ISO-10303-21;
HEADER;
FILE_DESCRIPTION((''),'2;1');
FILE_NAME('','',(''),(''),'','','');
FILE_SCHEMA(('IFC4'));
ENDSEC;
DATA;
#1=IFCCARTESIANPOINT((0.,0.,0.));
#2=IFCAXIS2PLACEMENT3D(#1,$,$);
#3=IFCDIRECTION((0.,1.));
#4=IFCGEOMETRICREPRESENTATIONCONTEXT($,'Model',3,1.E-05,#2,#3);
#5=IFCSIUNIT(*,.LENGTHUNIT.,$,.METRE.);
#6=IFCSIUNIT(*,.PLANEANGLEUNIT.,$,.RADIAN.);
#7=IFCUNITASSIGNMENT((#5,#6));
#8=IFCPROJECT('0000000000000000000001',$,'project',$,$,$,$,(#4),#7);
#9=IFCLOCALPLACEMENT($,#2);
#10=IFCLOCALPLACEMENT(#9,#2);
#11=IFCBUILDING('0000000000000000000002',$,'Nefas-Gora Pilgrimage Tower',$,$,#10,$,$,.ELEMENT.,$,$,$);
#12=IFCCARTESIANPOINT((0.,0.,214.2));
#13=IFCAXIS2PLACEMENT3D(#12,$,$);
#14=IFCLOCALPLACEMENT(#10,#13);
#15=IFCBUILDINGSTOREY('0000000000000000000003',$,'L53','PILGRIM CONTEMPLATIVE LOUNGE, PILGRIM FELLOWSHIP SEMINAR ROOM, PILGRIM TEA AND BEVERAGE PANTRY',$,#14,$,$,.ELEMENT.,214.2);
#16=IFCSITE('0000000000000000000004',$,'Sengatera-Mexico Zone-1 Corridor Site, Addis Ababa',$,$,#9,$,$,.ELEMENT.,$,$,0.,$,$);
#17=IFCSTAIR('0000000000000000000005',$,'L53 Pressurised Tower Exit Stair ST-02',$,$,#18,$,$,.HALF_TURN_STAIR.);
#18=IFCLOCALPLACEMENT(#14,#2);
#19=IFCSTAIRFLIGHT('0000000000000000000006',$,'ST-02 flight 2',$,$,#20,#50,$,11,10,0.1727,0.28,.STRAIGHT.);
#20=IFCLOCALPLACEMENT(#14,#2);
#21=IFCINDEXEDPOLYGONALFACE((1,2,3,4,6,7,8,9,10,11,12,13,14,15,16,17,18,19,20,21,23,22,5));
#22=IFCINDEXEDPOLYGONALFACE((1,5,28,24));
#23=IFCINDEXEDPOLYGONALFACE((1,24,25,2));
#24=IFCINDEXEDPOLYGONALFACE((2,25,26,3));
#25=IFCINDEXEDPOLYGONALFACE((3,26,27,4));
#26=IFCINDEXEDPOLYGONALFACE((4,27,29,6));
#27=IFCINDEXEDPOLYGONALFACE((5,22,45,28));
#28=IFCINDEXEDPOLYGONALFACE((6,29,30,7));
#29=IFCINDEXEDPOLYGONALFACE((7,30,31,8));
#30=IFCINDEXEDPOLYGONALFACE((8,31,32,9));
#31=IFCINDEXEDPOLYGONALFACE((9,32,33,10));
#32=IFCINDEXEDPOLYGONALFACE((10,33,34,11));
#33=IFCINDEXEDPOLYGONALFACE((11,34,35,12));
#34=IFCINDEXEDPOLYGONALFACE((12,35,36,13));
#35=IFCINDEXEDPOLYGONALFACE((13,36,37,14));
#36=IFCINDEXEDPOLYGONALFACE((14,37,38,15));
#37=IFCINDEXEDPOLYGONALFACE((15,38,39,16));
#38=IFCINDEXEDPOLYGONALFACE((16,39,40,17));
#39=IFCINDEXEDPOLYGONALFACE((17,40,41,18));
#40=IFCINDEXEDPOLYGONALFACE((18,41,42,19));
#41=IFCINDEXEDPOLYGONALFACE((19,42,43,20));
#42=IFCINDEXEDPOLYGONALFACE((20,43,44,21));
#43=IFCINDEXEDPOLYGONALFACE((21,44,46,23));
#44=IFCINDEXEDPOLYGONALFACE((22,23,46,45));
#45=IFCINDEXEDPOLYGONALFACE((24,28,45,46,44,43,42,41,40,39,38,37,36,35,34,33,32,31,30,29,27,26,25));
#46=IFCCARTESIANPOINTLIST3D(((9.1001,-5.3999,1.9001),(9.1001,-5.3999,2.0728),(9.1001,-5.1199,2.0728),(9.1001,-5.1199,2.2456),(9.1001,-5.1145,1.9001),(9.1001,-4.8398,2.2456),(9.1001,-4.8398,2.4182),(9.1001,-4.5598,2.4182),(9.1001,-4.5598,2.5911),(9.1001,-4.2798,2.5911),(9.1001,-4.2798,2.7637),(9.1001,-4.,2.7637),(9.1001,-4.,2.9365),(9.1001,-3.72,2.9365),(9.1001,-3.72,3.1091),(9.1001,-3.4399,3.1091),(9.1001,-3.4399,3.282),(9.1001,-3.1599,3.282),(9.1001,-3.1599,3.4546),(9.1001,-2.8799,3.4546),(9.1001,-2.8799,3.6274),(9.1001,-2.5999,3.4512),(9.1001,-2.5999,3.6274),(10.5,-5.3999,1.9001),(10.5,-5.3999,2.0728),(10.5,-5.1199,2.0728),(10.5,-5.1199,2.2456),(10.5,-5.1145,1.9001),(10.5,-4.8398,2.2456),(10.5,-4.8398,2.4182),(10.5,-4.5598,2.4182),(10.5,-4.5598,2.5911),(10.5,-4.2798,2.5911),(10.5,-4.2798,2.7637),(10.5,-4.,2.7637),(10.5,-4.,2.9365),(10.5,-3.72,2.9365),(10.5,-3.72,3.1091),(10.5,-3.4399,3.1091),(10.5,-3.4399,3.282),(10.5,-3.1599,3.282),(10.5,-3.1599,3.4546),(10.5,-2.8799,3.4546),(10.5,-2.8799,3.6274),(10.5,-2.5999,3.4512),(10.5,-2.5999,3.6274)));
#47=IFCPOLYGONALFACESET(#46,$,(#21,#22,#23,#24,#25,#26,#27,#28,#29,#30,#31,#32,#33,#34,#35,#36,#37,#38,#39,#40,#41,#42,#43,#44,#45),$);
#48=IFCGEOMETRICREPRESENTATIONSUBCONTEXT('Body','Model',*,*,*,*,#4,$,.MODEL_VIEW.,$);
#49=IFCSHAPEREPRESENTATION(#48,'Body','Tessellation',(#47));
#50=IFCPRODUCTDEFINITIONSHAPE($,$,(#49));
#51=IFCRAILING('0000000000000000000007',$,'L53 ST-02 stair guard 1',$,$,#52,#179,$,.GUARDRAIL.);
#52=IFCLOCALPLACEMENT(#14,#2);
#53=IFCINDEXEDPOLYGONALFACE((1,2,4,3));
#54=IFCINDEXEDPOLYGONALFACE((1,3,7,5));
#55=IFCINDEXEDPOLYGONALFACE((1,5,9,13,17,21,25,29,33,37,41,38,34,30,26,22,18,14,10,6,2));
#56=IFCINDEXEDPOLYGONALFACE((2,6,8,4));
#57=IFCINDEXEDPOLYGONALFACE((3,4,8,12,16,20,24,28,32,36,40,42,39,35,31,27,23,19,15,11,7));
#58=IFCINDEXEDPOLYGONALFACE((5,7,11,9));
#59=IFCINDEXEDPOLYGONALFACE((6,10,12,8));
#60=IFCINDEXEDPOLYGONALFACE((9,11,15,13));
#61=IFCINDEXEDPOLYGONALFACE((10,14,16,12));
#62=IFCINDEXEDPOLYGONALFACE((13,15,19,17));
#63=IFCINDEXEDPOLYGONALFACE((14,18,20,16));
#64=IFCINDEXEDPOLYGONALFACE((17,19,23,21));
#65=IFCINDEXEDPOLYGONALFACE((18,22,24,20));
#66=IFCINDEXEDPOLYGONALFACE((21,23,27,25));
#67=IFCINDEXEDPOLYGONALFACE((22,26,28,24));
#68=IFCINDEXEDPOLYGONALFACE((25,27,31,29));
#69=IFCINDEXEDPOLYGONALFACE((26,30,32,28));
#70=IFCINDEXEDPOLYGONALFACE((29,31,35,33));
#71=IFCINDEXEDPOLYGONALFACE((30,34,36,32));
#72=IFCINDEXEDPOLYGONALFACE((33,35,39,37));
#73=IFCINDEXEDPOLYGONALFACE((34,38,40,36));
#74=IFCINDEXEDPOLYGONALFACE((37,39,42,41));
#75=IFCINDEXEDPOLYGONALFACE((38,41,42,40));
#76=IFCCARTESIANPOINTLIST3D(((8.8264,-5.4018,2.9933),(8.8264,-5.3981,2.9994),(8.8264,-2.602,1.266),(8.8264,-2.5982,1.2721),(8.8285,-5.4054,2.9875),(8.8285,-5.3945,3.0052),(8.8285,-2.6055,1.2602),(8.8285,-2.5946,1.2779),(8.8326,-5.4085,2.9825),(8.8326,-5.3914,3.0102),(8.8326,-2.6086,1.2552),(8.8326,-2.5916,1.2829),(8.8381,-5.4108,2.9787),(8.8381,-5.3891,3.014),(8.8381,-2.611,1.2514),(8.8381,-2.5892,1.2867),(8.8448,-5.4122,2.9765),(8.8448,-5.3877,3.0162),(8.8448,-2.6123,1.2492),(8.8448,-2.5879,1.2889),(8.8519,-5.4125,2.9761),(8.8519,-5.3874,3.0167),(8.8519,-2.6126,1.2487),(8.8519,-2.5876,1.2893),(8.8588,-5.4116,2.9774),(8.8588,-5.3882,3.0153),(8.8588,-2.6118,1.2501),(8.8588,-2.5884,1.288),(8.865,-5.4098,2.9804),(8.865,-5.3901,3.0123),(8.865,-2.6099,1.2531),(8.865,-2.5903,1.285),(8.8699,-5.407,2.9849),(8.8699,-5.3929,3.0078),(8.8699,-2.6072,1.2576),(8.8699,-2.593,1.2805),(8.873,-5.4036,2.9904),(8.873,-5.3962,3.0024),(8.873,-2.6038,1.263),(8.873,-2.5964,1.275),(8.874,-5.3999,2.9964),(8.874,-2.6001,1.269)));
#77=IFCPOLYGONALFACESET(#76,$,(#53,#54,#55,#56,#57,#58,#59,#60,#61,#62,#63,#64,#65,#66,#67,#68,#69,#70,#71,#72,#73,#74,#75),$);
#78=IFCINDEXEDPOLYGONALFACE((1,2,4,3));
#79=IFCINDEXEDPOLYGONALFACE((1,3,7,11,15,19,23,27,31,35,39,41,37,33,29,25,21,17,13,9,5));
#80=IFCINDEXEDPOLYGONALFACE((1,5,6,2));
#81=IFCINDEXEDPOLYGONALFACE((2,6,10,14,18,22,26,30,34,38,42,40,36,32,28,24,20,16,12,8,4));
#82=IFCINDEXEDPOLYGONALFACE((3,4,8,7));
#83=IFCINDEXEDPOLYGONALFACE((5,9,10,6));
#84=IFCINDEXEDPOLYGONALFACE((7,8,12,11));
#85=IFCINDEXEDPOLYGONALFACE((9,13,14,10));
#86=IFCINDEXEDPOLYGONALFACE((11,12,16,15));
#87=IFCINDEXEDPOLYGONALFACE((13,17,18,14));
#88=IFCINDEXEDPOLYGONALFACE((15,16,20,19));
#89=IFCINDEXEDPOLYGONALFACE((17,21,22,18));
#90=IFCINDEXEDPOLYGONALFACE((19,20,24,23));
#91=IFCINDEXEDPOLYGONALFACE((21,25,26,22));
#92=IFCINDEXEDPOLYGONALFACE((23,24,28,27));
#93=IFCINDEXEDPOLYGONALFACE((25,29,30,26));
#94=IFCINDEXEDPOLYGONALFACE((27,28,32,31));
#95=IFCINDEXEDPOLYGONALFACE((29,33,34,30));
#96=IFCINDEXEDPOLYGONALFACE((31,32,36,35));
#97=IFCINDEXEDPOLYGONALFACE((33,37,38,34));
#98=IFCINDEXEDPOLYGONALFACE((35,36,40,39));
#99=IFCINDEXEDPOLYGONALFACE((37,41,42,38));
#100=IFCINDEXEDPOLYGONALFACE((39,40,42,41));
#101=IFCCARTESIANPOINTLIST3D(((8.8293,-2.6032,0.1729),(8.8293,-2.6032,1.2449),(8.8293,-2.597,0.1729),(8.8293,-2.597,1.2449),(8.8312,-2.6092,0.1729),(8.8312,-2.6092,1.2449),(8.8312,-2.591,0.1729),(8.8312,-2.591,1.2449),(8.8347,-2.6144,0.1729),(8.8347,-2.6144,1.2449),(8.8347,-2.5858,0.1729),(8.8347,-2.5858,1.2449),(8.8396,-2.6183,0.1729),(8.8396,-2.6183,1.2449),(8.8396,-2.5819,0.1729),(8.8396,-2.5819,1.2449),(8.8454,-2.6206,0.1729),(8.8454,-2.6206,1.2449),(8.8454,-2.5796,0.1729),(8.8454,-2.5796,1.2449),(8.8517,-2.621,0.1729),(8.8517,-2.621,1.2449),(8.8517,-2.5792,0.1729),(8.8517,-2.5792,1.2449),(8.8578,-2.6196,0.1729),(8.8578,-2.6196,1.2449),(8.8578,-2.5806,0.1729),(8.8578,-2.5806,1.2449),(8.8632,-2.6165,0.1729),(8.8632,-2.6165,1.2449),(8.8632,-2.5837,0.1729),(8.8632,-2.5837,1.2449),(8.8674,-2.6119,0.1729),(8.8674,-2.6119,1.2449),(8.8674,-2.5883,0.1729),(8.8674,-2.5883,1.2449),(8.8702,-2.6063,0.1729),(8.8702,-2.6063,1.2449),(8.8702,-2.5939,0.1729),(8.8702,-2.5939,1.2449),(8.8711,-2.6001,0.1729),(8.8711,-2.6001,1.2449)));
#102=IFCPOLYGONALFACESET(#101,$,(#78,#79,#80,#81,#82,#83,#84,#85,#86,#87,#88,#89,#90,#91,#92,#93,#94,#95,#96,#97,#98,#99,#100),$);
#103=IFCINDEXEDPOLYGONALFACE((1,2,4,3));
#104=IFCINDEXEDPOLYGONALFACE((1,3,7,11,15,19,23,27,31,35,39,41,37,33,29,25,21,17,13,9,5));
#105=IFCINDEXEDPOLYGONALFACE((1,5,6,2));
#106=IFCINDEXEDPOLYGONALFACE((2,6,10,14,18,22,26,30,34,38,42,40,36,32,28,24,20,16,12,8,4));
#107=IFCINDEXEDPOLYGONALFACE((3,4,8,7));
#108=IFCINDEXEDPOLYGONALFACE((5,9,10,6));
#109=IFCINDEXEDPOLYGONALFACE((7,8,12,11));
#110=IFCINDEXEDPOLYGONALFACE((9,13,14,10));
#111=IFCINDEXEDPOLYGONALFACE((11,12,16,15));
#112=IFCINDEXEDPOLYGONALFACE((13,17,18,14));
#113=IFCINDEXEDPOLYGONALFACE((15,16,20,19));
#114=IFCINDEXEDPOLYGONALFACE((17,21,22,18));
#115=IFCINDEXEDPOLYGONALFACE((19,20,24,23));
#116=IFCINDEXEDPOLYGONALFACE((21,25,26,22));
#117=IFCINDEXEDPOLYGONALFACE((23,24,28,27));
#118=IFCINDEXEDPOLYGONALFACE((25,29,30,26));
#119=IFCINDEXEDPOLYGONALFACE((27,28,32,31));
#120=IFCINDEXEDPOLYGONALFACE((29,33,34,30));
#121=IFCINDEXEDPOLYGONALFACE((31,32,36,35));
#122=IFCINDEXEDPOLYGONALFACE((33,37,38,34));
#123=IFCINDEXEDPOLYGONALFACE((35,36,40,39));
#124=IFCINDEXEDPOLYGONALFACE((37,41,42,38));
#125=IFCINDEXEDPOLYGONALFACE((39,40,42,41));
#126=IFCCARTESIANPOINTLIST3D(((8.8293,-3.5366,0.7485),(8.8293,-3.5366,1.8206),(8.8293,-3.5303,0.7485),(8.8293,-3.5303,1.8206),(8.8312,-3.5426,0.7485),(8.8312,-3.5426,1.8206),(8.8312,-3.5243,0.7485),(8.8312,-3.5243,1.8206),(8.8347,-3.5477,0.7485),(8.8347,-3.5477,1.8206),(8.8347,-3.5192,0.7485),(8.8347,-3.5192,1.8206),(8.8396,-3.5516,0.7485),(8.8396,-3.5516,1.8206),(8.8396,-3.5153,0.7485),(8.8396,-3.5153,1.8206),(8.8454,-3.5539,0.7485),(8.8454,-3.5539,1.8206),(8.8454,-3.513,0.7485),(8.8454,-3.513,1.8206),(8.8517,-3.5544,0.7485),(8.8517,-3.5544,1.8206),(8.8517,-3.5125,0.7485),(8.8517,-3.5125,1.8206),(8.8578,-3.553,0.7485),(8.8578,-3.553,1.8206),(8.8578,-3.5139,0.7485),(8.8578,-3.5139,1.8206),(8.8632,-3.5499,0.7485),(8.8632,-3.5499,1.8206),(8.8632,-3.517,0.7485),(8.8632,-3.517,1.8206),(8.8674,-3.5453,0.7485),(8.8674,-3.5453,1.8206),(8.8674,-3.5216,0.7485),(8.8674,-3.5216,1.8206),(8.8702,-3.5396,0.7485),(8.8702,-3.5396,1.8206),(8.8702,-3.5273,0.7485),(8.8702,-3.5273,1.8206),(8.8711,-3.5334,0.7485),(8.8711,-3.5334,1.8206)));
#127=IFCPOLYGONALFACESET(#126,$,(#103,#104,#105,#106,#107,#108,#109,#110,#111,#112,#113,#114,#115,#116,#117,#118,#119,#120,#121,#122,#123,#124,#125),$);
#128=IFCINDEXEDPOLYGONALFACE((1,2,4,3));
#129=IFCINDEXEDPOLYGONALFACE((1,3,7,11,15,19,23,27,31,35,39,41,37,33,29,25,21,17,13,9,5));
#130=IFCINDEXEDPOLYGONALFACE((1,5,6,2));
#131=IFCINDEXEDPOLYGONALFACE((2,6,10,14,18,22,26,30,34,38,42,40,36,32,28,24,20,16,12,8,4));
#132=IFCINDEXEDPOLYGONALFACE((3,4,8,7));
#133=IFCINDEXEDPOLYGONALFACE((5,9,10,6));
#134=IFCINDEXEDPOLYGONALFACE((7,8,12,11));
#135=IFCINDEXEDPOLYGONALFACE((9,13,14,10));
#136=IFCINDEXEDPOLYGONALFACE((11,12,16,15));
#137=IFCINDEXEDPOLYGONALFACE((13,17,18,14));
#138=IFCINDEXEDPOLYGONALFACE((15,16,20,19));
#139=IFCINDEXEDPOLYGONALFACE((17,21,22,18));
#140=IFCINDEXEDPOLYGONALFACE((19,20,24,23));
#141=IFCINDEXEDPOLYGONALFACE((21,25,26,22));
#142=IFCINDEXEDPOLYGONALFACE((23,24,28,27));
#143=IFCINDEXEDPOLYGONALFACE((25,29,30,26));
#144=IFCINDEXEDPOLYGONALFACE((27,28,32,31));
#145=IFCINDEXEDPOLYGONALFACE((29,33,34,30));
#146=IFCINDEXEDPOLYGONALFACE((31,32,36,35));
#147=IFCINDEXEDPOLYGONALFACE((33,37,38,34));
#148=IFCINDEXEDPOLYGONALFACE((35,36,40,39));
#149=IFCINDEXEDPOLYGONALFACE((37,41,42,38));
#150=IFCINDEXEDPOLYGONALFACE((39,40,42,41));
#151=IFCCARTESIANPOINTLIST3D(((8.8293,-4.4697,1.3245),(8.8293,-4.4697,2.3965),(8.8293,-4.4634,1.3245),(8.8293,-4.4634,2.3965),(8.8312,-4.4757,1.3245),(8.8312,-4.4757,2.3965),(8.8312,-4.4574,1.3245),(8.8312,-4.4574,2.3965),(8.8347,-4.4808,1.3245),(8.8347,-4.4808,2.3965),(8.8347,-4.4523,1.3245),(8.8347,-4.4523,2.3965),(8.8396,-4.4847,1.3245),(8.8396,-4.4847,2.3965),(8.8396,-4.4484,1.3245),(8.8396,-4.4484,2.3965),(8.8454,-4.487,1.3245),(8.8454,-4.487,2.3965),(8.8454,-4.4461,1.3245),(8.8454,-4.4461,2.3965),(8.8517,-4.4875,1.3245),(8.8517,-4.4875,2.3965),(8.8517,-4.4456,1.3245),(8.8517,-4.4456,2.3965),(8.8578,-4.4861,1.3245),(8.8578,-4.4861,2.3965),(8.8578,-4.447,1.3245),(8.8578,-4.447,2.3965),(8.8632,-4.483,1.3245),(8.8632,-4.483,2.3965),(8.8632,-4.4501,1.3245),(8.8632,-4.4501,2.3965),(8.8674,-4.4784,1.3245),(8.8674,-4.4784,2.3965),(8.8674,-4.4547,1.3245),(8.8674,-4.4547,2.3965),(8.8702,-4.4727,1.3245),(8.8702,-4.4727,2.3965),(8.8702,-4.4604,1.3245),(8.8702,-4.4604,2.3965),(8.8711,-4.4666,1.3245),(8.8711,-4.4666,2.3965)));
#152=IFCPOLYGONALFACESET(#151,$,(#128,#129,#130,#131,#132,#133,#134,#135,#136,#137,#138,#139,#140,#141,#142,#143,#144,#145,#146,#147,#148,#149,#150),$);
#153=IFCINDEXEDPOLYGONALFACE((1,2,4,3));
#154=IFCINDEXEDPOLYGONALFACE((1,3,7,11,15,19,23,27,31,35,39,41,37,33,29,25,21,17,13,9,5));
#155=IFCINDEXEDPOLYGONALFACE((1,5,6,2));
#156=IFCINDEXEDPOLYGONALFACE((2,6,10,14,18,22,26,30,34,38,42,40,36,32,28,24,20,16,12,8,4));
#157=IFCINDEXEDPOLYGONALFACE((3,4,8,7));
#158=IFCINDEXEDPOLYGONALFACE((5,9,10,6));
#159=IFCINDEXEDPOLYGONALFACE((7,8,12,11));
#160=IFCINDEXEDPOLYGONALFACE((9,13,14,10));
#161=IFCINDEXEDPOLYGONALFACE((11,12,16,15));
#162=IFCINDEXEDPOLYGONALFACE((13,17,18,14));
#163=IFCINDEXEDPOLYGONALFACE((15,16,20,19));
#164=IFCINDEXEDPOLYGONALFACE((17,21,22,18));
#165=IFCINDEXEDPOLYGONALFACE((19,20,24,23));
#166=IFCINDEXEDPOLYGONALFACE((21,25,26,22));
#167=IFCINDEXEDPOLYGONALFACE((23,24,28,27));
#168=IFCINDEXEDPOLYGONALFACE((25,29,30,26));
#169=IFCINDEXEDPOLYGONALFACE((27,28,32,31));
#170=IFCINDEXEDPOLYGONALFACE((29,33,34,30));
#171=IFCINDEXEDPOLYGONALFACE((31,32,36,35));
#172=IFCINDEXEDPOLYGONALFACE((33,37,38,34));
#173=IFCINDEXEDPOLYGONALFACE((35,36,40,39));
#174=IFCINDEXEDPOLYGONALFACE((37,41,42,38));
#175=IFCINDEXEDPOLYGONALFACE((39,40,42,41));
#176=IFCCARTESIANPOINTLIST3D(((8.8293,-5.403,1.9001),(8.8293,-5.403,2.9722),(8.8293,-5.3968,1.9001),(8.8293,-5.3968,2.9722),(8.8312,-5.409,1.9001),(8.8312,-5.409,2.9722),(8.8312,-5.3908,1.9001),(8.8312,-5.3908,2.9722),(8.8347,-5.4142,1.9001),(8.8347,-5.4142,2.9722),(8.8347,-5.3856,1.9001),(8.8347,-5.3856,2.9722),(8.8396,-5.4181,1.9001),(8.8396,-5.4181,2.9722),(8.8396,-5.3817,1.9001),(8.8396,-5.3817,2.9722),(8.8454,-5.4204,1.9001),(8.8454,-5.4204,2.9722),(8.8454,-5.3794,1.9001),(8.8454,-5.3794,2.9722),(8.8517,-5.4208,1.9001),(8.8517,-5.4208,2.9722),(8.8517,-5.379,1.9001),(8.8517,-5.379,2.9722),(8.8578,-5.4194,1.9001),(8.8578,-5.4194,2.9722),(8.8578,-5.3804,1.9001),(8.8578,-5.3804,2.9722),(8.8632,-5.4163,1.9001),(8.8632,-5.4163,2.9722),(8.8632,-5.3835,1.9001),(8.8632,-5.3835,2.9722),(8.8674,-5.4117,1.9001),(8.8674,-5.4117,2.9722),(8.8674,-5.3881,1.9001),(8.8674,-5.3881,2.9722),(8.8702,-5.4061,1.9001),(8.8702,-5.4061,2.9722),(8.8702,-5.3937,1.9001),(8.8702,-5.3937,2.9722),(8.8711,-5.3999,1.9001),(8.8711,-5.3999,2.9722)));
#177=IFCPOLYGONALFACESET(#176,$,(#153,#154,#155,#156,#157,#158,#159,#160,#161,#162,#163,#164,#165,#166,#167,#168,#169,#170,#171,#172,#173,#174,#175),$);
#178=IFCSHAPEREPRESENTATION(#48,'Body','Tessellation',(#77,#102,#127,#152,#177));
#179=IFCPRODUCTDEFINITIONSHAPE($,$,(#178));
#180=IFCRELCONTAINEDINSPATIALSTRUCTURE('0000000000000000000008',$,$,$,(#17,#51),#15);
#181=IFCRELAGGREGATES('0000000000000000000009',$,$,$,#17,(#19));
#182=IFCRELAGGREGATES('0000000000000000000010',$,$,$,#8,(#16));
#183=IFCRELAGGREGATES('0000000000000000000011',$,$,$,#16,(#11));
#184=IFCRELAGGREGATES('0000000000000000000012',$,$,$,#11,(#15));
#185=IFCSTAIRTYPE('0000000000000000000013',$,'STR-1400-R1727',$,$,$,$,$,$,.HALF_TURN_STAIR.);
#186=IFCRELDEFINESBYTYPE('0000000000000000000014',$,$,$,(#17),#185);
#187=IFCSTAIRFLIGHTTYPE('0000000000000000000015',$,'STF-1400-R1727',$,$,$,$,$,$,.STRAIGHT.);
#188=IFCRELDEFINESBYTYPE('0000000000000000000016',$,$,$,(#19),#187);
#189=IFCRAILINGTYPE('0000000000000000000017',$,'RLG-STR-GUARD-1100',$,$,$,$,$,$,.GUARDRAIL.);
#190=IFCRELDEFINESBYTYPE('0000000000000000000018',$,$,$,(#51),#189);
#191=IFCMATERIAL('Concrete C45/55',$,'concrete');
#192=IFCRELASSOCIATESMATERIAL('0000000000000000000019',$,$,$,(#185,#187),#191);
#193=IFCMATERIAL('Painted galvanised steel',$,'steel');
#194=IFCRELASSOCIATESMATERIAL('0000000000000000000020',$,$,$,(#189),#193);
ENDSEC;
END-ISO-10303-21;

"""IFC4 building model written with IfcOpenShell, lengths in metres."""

from ifc_helpers import new_model, si_unit, direction, frame, origin, origin_2d, place, context, subcontext, project, spatial, polyline, circle, outline, extrude, source, transform, mapped, material, type_object, element, aggregate, save


model = new_model("IFC4")

# Units and contexts
model_context = context("Model", 3, precision=1e-05, world=origin(), true_north=direction((0.0, 1.0)))
body_context = subcontext(model_context, "Body", "Model", "MODEL_VIEW")
ifc_project = project(units=[si_unit("LENGTHUNIT", "METRE"), si_unit("PLANEANGLEUNIT", "RADIAN")], contexts=[model_context])

# Site, building, storey
site_placement = place(None, origin())
site = spatial("IfcSite", under=ifc_project, at=site_placement, Name="Sengatera-Mexico Zone-1 Corridor Site, Addis Ababa", CompositionType="ELEMENT", RefElevation=0.0)
building_placement = place(site_placement, origin())
building = spatial("IfcBuilding", under=site, at=building_placement, Name="Nefas-Gora Pilgrimage Tower", CompositionType="ELEMENT")
storey_placement = place(building_placement, frame((0.0, 0.0, 214.2)))
storey = spatial("IfcBuildingStorey", under=building, at=storey_placement, Name="L53", Description="PILGRIM CONTEMPLATIVE LOUNGE, PILGRIM FELLOWSHIP SEMINAR ROOM, PILGRIM TEA AND BEVERAGE PANTRY", CompositionType="ELEMENT", Elevation=214.2)

# Shared definitions
ifc_material_1 = material(Name="Concrete C45/55", Category="concrete")
stair_type = type_object("IfcStairType", Name="STR-1400-R1727", PredefinedType="HALF_TURN_STAIR", material=ifc_material_1)

# Stair, stair flight
stair_1_placement = place(storey_placement, origin())
stair_1 = element("IfcStair", 1, at=stair_1_placement, inside=storey, type_object=stair_type, Name="L53 Pressurised Tower Exit Stair ST-02", PredefinedType="HALF_TURN_STAIR")
stair_flight_type = type_object("IfcStairFlightType", Name="STF-1400-R1727", PredefinedType="STRAIGHT", material=ifc_material_1)
shared_shape_1 = source(origin(), body_context, "Body", "SweptSolid", [
    extrude(outline(polyline([(0.0, 0.0), (0.0, 0.1726), (0.28, 0.1726), (0.28, 0.3455), (0.5601, 0.3455), (0.5601, 0.5181), (0.8401, 0.5181), (0.8401, 0.6909), (1.1201, 0.6909), (1.1201, 0.8635), (1.3999, 0.8635), (1.3999, 1.0364), (1.6799, 1.0364), (1.6799, 1.209), (1.96, 1.209), (1.96, 1.3818), (2.24, 1.3818), (2.24, 1.5544), (2.52, 1.5544), (2.52, 1.7273), (2.8, 1.7273), (2.8, 1.8999), (2.8, 1.551), (0.2854, 0.0), (0.0, 0.0)])), frame((0.0, 0.7, 0.0), z_axis=(0.0, -1.0, 0.0), x_axis=(1.0, 0.0, 0.0)), (0.0, 0.0, 1.0), 1.3999),
])
stair_flight_1_placement = place(storey_placement, frame((9.8, -5.3999, 1.9001), z_axis=(0.0, 0.0, 1.0), x_axis=(0.0, 1.0, 0.0)))
stair_flight_1 = element("IfcStairFlight", 2, at=stair_flight_1_placement, type_object=stair_flight_type, Name="ST-02 flight 2", NumberOfRisers=11, NumberOfTreads=10, PredefinedType="STRAIGHT", RiserHeight=0.1727, TreadLength=0.28, context=body_context, shape_type="MappedRepresentation", body=[
    mapped(shared_shape_1, transform((0.0, 0.0, 0.0), x_axis=(1.0, 0.0, 0.0), y_axis=(0.0, 1.0, 0.0), z_axis=(0.0, 0.0, 1.0), scale=1.0)),
])
aggregate(stair_1, [stair_flight_1])

# Railing
ifc_material_2 = material(Name="Painted galvanised steel", Category="steel")
railing_type_1 = type_object("IfcRailingType", Name="RLG-STR-GUARD-1100", PredefinedType="GUARDRAIL", material=ifc_material_2)
railing_1_placement = place(storey_placement, frame((8.8501, -2.6001, 0.1729)))
element("IfcRailing", 3, at=railing_1_placement, inside=storey, type_object=railing_type_1, Name="L53 ST-02 stair guard 1", PredefinedType="GUARDRAIL", context=body_context, shape_type="SweptSolid", body=[
    extrude(circle(Radius=0.0239, at=origin_2d()), frame((0.0, 0.0, 1.0962), z_axis=(0.0, -0.851069, 0.525054), x_axis=(1.0, 0.0, 0.0)), (0.0, 0.0, 1.0), 3.2898),
    extrude(circle(Radius=0.021, at=origin_2d()), origin(), (0.0, 0.0, 1.0), 1.072),
    extrude(circle(Radius=0.021, at=origin_2d()), frame((0.0, -0.9333, 0.5757)), (0.0, 0.0, 1.0), 1.072),
    extrude(circle(Radius=0.021, at=origin_2d()), frame((0.0, -1.8665, 1.1516)), (0.0, 0.0, 1.0), 1.072),
    extrude(circle(Radius=0.021, at=origin_2d()), frame((0.0, -2.7998, 1.7273)), (0.0, 0.0, 1.0), 1.072),
])

save(model, "model.ifc")
